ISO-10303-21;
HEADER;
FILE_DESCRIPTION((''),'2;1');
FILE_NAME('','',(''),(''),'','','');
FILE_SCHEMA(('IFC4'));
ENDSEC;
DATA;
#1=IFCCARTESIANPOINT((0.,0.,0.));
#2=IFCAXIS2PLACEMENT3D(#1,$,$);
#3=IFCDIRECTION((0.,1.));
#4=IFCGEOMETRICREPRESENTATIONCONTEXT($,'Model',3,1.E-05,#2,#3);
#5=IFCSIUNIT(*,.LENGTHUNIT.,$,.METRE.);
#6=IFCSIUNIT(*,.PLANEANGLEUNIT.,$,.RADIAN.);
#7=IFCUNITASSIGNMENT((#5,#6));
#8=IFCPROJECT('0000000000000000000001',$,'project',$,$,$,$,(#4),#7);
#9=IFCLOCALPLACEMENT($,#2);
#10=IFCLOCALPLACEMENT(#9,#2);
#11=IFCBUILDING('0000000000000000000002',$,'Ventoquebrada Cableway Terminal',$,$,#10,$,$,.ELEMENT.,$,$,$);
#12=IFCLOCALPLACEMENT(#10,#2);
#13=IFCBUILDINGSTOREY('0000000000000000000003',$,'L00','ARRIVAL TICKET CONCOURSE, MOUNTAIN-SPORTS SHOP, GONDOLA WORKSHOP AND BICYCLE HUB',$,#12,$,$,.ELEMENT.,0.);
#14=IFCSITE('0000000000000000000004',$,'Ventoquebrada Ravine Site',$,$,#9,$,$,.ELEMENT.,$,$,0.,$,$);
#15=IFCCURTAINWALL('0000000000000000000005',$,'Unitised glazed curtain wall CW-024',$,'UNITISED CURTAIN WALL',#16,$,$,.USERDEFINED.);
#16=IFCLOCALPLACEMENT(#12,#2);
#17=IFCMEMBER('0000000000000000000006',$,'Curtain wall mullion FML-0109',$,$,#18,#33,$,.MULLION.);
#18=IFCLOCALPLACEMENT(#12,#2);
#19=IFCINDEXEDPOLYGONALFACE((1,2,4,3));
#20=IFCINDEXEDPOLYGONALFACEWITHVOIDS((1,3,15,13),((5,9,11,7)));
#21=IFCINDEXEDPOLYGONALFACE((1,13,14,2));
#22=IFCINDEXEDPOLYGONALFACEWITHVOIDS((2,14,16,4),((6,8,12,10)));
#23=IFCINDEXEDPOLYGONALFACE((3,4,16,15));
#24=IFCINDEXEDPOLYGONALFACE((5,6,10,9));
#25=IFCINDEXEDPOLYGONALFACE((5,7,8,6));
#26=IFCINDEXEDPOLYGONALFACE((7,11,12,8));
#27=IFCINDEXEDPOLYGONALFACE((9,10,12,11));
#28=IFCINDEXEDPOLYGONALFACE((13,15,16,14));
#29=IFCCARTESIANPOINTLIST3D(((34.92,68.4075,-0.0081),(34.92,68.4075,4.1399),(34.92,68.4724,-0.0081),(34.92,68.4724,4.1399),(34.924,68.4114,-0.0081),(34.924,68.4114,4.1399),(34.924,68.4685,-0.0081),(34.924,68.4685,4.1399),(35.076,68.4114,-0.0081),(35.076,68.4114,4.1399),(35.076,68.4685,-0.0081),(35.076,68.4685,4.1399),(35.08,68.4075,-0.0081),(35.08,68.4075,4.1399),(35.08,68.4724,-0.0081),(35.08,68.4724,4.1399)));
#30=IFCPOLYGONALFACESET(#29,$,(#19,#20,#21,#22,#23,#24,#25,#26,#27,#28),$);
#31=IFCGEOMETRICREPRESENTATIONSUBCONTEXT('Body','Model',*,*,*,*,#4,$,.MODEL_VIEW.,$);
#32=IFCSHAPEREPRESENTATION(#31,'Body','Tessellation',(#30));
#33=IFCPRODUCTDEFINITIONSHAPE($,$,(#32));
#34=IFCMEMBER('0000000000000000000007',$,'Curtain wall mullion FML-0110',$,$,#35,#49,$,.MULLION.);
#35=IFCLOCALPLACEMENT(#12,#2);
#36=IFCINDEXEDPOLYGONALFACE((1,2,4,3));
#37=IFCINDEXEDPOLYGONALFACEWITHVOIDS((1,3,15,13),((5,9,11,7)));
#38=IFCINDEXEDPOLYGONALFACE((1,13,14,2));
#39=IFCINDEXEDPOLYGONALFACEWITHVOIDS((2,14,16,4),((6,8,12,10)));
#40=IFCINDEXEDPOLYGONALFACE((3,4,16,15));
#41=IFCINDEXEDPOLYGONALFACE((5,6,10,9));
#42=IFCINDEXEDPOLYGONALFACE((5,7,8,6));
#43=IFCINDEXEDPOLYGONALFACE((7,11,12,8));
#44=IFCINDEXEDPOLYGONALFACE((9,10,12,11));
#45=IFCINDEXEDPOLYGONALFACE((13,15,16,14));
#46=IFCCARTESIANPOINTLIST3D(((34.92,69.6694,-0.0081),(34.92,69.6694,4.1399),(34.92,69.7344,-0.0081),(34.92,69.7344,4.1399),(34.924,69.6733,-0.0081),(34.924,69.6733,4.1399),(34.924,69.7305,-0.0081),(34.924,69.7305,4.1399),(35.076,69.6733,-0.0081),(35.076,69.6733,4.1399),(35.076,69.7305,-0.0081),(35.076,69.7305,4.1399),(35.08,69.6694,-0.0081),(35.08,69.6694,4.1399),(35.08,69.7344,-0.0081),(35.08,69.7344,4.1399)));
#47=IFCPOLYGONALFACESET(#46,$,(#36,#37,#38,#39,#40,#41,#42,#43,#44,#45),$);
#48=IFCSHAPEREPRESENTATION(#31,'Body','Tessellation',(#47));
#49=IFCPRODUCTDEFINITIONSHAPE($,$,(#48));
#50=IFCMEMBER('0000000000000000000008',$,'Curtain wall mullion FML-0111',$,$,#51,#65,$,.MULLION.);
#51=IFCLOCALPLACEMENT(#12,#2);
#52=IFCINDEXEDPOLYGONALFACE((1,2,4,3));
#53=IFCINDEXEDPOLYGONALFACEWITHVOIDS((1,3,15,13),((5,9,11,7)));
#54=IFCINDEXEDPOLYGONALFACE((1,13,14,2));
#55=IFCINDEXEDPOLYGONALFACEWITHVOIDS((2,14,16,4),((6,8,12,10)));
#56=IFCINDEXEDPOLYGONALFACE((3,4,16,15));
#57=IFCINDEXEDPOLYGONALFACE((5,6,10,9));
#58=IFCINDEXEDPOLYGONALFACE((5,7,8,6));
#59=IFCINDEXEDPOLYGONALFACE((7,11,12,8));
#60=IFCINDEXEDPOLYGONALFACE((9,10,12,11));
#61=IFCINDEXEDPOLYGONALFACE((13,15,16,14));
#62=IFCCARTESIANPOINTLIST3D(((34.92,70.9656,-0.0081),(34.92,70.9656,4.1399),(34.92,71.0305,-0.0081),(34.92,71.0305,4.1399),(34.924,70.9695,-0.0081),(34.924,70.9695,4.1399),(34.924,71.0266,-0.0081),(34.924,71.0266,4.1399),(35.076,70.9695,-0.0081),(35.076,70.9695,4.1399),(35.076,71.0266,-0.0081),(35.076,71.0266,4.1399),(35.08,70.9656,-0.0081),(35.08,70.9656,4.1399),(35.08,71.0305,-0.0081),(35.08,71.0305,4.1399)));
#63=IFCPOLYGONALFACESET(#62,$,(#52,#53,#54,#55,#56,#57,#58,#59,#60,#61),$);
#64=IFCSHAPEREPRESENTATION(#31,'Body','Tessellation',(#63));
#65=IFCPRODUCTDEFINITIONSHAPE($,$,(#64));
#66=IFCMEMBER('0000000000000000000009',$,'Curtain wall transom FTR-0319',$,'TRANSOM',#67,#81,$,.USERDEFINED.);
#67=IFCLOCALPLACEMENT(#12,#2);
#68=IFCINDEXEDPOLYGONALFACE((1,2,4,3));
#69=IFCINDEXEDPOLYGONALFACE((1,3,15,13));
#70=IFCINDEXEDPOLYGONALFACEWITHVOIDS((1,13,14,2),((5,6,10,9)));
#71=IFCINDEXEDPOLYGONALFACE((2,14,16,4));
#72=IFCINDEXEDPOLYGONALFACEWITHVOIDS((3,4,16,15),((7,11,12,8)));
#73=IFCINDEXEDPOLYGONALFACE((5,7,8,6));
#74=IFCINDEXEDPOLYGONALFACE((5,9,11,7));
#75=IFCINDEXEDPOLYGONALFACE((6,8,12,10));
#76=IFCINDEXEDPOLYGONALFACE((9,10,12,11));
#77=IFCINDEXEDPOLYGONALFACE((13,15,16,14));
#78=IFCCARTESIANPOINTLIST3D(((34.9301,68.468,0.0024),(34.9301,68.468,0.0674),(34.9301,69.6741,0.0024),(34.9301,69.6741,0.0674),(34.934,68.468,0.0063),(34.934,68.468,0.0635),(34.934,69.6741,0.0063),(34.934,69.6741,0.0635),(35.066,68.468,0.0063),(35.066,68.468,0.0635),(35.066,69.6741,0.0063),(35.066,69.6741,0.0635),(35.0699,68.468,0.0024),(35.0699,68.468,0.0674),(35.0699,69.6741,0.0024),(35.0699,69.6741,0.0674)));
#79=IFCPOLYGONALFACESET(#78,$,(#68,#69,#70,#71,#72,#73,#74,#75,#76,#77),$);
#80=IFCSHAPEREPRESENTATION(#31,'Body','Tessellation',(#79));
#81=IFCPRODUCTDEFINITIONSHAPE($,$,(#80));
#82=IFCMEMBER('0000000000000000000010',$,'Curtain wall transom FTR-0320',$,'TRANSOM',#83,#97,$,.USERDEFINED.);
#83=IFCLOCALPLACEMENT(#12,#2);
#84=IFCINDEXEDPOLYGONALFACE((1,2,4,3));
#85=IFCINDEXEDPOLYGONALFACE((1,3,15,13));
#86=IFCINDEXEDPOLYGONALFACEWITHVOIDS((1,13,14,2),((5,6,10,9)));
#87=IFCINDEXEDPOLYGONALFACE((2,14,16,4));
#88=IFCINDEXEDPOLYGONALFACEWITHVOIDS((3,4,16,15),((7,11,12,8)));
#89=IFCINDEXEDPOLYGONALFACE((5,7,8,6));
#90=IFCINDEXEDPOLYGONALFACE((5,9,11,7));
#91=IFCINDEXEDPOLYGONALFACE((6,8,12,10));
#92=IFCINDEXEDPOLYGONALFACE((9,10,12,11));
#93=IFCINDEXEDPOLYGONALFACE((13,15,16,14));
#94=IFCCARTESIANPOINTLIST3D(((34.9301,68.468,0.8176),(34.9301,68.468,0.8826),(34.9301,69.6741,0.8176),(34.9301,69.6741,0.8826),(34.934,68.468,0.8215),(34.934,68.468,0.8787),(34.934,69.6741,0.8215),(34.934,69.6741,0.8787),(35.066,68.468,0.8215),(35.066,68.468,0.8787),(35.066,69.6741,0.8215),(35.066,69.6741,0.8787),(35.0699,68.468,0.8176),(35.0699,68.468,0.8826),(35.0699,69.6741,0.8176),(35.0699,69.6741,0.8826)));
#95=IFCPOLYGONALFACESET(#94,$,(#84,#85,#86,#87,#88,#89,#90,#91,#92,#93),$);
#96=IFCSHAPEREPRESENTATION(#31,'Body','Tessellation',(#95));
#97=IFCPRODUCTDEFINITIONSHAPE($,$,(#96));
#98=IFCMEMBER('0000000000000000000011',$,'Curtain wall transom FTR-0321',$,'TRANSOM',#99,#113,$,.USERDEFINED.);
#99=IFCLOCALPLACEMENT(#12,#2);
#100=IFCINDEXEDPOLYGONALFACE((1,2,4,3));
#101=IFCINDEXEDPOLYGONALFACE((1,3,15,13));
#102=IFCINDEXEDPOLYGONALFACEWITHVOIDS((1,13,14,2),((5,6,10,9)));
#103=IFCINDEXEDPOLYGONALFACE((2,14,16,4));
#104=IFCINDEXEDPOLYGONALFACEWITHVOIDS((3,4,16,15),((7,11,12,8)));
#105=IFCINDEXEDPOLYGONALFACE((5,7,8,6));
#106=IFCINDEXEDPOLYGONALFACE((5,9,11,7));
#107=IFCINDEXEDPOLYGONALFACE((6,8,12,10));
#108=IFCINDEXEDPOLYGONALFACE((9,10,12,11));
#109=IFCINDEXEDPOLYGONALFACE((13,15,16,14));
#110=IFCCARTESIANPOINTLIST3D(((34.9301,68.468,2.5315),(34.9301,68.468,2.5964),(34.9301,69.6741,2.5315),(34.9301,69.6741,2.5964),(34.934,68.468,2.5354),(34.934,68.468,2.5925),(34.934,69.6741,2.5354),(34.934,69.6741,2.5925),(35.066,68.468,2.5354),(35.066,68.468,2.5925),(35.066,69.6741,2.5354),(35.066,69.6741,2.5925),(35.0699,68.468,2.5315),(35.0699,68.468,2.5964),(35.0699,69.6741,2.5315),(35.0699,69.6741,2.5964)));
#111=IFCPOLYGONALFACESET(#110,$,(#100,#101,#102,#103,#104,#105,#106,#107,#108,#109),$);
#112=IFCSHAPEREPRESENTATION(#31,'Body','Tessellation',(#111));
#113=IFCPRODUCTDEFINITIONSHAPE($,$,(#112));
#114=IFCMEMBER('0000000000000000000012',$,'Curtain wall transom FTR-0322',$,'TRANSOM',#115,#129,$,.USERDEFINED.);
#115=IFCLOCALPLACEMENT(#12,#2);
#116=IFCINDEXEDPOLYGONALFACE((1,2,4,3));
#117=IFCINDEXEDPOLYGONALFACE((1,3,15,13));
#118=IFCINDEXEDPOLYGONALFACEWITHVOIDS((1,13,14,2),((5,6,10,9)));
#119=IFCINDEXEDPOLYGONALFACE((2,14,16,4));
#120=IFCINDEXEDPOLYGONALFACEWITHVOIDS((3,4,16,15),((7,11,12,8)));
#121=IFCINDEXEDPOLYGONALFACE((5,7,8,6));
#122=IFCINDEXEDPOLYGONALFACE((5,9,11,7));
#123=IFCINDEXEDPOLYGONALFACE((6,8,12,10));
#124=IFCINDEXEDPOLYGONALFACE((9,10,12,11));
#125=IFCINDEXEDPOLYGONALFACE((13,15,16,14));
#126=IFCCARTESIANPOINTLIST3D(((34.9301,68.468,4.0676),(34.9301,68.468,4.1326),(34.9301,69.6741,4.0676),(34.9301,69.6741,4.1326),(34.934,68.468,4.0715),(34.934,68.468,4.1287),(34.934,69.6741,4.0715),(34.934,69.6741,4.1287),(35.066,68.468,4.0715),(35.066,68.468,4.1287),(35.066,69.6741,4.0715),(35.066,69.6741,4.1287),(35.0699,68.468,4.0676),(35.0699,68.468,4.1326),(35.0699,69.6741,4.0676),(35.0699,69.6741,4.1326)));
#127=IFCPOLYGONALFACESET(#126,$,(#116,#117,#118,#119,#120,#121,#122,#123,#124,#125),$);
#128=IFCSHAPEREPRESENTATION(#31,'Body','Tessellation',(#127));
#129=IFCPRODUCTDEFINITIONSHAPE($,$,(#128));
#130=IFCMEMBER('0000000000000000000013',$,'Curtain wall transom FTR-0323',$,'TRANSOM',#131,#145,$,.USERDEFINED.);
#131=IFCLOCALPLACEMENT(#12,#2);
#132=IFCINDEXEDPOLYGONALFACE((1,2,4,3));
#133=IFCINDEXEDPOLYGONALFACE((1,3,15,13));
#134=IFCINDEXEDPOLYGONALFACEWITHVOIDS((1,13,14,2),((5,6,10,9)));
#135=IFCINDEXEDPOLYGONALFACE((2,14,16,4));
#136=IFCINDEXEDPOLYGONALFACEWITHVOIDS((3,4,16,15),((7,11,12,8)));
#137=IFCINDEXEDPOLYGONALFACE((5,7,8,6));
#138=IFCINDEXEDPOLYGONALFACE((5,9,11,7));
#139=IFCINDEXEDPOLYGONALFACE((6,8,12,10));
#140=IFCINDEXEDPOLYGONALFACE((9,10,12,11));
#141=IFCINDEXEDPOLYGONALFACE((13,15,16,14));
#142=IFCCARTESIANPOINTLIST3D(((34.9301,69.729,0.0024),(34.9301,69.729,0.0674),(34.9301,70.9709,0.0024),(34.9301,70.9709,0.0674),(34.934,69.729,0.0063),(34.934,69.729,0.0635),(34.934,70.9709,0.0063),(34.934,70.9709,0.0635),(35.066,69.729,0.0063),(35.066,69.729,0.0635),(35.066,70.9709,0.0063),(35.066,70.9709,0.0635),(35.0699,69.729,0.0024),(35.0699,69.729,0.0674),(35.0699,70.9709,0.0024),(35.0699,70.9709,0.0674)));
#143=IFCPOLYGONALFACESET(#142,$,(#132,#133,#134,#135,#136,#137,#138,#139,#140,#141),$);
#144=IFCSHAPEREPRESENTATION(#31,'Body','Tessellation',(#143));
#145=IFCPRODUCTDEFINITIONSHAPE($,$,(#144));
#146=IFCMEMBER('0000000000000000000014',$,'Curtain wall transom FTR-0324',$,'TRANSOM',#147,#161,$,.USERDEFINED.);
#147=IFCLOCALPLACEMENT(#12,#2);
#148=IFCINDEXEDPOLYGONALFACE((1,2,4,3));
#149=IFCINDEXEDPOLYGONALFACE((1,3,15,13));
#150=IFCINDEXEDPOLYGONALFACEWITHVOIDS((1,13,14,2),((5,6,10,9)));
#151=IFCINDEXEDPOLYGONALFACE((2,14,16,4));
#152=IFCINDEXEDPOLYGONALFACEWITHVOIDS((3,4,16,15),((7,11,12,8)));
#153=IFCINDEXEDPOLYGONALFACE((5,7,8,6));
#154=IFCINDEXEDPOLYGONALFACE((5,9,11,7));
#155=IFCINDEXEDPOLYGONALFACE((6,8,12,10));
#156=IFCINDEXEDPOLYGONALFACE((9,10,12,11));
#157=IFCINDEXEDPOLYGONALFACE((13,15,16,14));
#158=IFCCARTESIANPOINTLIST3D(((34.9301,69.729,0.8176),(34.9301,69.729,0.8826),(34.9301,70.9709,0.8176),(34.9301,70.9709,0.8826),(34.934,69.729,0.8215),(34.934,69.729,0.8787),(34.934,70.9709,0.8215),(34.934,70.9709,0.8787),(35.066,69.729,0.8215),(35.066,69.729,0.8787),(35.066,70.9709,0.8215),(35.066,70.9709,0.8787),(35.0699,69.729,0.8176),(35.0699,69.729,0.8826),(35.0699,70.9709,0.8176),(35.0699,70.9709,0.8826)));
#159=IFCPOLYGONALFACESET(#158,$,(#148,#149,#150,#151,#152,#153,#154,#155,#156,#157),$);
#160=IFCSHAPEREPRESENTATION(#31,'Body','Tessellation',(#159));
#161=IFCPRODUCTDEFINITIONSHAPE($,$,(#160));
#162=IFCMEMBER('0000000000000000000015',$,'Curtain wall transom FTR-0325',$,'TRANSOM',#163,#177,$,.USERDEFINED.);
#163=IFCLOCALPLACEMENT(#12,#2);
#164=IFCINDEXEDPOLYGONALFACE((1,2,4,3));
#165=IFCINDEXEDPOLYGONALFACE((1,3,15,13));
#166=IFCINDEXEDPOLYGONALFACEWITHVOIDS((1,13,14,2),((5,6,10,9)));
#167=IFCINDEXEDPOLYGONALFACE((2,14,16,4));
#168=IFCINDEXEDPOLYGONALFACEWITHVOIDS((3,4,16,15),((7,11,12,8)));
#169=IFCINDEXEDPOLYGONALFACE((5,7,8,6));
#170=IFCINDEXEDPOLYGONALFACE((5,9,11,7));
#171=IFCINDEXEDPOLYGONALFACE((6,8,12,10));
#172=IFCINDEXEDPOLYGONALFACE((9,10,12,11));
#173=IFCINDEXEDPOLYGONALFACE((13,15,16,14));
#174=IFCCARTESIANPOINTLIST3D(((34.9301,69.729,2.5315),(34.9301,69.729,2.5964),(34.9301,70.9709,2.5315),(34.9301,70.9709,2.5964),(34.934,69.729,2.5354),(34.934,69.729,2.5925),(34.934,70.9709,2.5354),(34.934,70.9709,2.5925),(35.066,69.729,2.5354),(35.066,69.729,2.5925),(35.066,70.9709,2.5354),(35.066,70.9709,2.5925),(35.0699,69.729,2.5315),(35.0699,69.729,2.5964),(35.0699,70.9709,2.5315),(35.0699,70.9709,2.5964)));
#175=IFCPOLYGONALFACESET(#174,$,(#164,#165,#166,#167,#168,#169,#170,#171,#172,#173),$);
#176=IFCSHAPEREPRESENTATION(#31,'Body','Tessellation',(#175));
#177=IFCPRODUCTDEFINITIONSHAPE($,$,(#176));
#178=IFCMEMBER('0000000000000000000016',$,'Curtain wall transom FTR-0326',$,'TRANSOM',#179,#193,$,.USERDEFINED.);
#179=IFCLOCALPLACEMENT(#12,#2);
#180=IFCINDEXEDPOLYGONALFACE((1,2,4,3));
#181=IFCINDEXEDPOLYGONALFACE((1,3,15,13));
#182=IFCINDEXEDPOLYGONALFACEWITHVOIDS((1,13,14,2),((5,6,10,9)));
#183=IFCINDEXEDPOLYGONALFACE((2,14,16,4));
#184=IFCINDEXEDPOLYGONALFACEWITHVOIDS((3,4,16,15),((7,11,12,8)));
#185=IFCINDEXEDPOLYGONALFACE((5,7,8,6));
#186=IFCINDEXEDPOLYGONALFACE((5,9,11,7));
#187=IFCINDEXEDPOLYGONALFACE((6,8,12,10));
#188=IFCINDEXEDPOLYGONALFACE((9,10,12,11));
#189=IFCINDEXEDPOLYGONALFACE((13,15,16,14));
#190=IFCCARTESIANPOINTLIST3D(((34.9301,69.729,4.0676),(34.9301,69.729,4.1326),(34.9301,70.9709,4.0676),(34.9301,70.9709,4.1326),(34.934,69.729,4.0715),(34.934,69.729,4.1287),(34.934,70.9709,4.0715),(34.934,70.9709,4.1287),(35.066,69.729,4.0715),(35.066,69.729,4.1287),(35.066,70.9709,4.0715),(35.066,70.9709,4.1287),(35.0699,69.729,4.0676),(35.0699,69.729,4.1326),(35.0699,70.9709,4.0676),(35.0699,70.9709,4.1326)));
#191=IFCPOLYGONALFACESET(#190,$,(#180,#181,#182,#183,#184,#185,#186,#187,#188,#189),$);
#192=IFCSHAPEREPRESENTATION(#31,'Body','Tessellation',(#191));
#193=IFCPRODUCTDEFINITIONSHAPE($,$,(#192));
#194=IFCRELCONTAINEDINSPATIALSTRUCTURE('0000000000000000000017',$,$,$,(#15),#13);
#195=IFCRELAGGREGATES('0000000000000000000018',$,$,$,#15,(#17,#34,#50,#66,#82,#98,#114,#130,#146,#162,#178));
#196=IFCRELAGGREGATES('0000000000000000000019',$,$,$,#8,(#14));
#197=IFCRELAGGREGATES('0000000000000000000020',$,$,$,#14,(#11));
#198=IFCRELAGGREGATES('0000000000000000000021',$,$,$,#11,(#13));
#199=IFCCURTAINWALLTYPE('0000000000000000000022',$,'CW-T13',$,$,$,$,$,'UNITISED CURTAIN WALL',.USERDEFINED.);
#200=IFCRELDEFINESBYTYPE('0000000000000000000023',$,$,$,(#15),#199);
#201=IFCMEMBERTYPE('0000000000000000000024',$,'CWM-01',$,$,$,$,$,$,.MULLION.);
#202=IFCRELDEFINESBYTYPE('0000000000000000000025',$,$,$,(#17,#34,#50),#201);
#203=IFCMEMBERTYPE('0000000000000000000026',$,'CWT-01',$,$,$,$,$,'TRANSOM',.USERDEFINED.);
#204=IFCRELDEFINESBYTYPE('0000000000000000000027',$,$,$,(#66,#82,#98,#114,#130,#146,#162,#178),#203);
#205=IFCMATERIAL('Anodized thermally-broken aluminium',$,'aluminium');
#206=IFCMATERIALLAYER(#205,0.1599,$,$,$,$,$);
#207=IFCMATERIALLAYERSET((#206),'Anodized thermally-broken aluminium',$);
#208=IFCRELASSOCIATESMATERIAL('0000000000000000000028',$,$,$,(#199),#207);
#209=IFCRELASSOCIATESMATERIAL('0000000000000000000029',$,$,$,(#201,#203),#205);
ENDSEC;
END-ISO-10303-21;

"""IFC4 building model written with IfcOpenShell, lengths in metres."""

from ifc_helpers import new_model, si_unit, direction, frame, origin, origin_2d, place, context, subcontext, project, spatial, hollow_rectangle, extrude, material, layer, layer_set, material_profile, profile_set, type_object, element, aggregate, save


model = new_model("IFC4")

# Units and contexts
model_context = context("Model", 3, precision=1e-05, world=origin(), true_north=direction((0.0, 1.0)))
body_context = subcontext(model_context, "Body", "Model", "MODEL_VIEW")
ifc_project = project(units=[si_unit("LENGTHUNIT", "METRE"), si_unit("PLANEANGLEUNIT", "RADIAN")], contexts=[model_context])

# Site, building, storey
site_placement = place(None, origin())
site = spatial("IfcSite", under=ifc_project, at=site_placement, Name="Ventoquebrada Ravine Site", CompositionType="ELEMENT", RefElevation=0.0)
building_placement = place(site_placement, origin())
building = spatial("IfcBuilding", under=site, at=building_placement, Name="Ventoquebrada Cableway Terminal", CompositionType="ELEMENT")
storey_placement = place(building_placement, origin())
storey = spatial("IfcBuildingStorey", under=building, at=storey_placement, Name="L00", Description="ARRIVAL TICKET CONCOURSE, MOUNTAIN-SPORTS SHOP, GONDOLA WORKSHOP AND BICYCLE HUB", CompositionType="ELEMENT", Elevation=0.0)

# Curtain wall, members
ifc_material_1 = material(Name="Anodized thermally-broken aluminium", Category="aluminium")
ifc_layer_1 = layer(ifc_material_1, 0.1599)
ifc_layer_set_1 = layer_set([ifc_layer_1], Name="Anodized thermally-broken aluminium")
curtain_wall_type = type_object("IfcCurtainWallType", Name="CW-T13", ElementType="UNITISED CURTAIN WALL", PredefinedType="USERDEFINED", material=ifc_layer_set_1)
curtain_wall_placement = place(storey_placement, origin())
curtain_wall = element("IfcCurtainWall", 1, at=curtain_wall_placement, inside=storey, type_object=curtain_wall_type, Name="Unitised glazed curtain wall CW-024", ObjectType="UNITISED CURTAIN WALL", PredefinedType="USERDEFINED")
ifc_material_profile_1 = material_profile(ifc_material_1, hollow_rectangle(XDim=0.0649, YDim=0.1599, WallThickness=0.0039, at=origin_2d()), Name="CW-MUL-65X160")
ifc_profile_set_1 = profile_set([ifc_material_profile_1], Name="Anodized thermally-broken aluminium")
member_type_1 = type_object("IfcMemberType", Name="CWM-01", PredefinedType="MULLION", material=ifc_profile_set_1)
member_1_placement = place(storey_placement, frame((35.0, 68.4399, -0.0081), z_axis=(0.0, 0.0, 1.0), x_axis=(0.0, 1.0, 0.0)))
member_1 = element("IfcMember", 2, at=member_1_placement, type_object=member_type_1, Name="Curtain wall mullion FML-0109", PredefinedType="MULLION", context=body_context, shape_type="SweptSolid", body=[
    extrude(hollow_rectangle(XDim=0.0649, YDim=0.1599, WallThickness=0.0039, at=origin_2d()), origin(), (0.0, 0.0, 1.0), 4.1479),
])
member_2_placement = place(storey_placement, frame((35.0, 69.7019, -0.0081), z_axis=(0.0, 0.0, 1.0), x_axis=(0.0, 1.0, 0.0)))
member_2 = element("IfcMember", 3, at=member_2_placement, type_object=member_type_1, Name="Curtain wall mullion FML-0110", PredefinedType="MULLION", context=body_context, shape_type="SweptSolid", body=[
    extrude(hollow_rectangle(XDim=0.0649, YDim=0.1599, WallThickness=0.0039, at=origin_2d()), origin(), (0.0, 0.0, 1.0), 4.1479),
])
member_3_placement = place(storey_placement, frame((35.0, 70.998, -0.0081), z_axis=(0.0, 0.0, 1.0), x_axis=(0.0, 1.0, 0.0)))
member_3 = element("IfcMember", 4, at=member_3_placement, type_object=member_type_1, Name="Curtain wall mullion FML-0111", PredefinedType="MULLION", context=body_context, shape_type="SweptSolid", body=[
    extrude(hollow_rectangle(XDim=0.0649, YDim=0.1599, WallThickness=0.0039, at=origin_2d()), origin(), (0.0, 0.0, 1.0), 4.1479),
])
ifc_material_profile_2 = material_profile(ifc_material_1, hollow_rectangle(XDim=0.0649, YDim=0.1399, WallThickness=0.0039, at=origin_2d()), Name="CW-TRN-65X140")
ifc_profile_set_2 = profile_set([ifc_material_profile_2], Name="Anodized thermally-broken aluminium")
member_type_2 = type_object("IfcMemberType", Name="CWT-01", ElementType="TRANSOM", PredefinedType="USERDEFINED", material=ifc_profile_set_2)
member_4_placement = place(storey_placement, frame((35.0, 68.468, 0.0349), z_axis=(0.0, 1.0, 0.0), x_axis=(0.0, 0.0, 1.0)))
member_4 = element("IfcMember", 5, at=member_4_placement, type_object=member_type_2, Name="Curtain wall transom FTR-0319", ObjectType="TRANSOM", PredefinedType="USERDEFINED", context=body_context, shape_type="SweptSolid", body=[
    extrude(hollow_rectangle(XDim=0.0649, YDim=0.1399, WallThickness=0.0039, at=origin_2d()), origin(), (0.0, 0.0, 1.0), 1.2061),
])
member_5_placement = place(storey_placement, frame((35.0, 68.468, 0.8501), z_axis=(0.0, 1.0, 0.0), x_axis=(0.0, 0.0, 1.0)))
member_5 = element("IfcMember", 6, at=member_5_placement, type_object=member_type_2, Name="Curtain wall transom FTR-0320", ObjectType="TRANSOM", PredefinedType="USERDEFINED", context=body_context, shape_type="SweptSolid", body=[
    extrude(hollow_rectangle(XDim=0.0649, YDim=0.1399, WallThickness=0.0039, at=origin_2d()), origin(), (0.0, 0.0, 1.0), 1.2061),
])
member_6_placement = place(storey_placement, frame((35.0, 68.468, 2.564), z_axis=(0.0, 1.0, 0.0), x_axis=(0.0, 0.0, 1.0)))
member_6 = element("IfcMember", 7, at=member_6_placement, type_object=member_type_2, Name="Curtain wall transom FTR-0321", ObjectType="TRANSOM", PredefinedType="USERDEFINED", context=body_context, shape_type="SweptSolid", body=[
    extrude(hollow_rectangle(XDim=0.0649, YDim=0.1399, WallThickness=0.0039, at=origin_2d()), origin(), (0.0, 0.0, 1.0), 1.2061),
])
member_7_placement = place(storey_placement, frame((35.0, 68.468, 4.1001), z_axis=(0.0, 1.0, 0.0), x_axis=(0.0, 0.0, 1.0)))
member_7 = element("IfcMember", 8, at=member_7_placement, type_object=member_type_2, Name="Curtain wall transom FTR-0322", ObjectType="TRANSOM", PredefinedType="USERDEFINED", context=body_context, shape_type="SweptSolid", body=[
    extrude(hollow_rectangle(XDim=0.0649, YDim=0.1399, WallThickness=0.0039, at=origin_2d()), origin(), (0.0, 0.0, 1.0), 1.2061),
])
member_8_placement = place(storey_placement, frame((35.0, 69.729, 0.0349), z_axis=(0.0, 1.0, 0.0), x_axis=(0.0, 0.0, 1.0)))
member_8 = element("IfcMember", 9, at=member_8_placement, type_object=member_type_2, Name="Curtain wall transom FTR-0323", ObjectType="TRANSOM", PredefinedType="USERDEFINED", context=body_context, shape_type="SweptSolid", body=[
    extrude(hollow_rectangle(XDim=0.0649, YDim=0.1399, WallThickness=0.0039, at=origin_2d()), origin(), (0.0, 0.0, 1.0), 1.2419),
])
member_9_placement = place(storey_placement, frame((35.0, 69.729, 0.8501), z_axis=(0.0, 1.0, 0.0), x_axis=(0.0, 0.0, 1.0)))
member_9 = element("IfcMember", 10, at=member_9_placement, type_object=member_type_2, Name="Curtain wall transom FTR-0324", ObjectType="TRANSOM", PredefinedType="USERDEFINED", context=body_context, shape_type="SweptSolid", body=[
    extrude(hollow_rectangle(XDim=0.0649, YDim=0.1399, WallThickness=0.0039, at=origin_2d()), origin(), (0.0, 0.0, 1.0), 1.2419),
])
member_10_placement = place(storey_placement, frame((35.0, 69.729, 2.564), z_axis=(0.0, 1.0, 0.0), x_axis=(0.0, 0.0, 1.0)))
member_10 = element("IfcMember", 11, at=member_10_placement, type_object=member_type_2, Name="Curtain wall transom FTR-0325", ObjectType="TRANSOM", PredefinedType="USERDEFINED", context=body_context, shape_type="SweptSolid", body=[
    extrude(hollow_rectangle(XDim=0.0649, YDim=0.1399, WallThickness=0.0039, at=origin_2d()), origin(), (0.0, 0.0, 1.0), 1.2419),
])
member_11_placement = place(storey_placement, frame((35.0, 69.729, 4.1001), z_axis=(0.0, 1.0, 0.0), x_axis=(0.0, 0.0, 1.0)))
member_11 = element("IfcMember", 12, at=member_11_placement, type_object=member_type_2, Name="Curtain wall transom FTR-0326", ObjectType="TRANSOM", PredefinedType="USERDEFINED", context=body_context, shape_type="SweptSolid", body=[
    extrude(hollow_rectangle(XDim=0.0649, YDim=0.1399, WallThickness=0.0039, at=origin_2d()), origin(), (0.0, 0.0, 1.0), 1.2419),
])

aggregate(curtain_wall, [member_1, member_2, member_3, member_4, member_5, member_6, member_7, member_8, member_9, member_10, member_11])

save(model, "model.ifc")
